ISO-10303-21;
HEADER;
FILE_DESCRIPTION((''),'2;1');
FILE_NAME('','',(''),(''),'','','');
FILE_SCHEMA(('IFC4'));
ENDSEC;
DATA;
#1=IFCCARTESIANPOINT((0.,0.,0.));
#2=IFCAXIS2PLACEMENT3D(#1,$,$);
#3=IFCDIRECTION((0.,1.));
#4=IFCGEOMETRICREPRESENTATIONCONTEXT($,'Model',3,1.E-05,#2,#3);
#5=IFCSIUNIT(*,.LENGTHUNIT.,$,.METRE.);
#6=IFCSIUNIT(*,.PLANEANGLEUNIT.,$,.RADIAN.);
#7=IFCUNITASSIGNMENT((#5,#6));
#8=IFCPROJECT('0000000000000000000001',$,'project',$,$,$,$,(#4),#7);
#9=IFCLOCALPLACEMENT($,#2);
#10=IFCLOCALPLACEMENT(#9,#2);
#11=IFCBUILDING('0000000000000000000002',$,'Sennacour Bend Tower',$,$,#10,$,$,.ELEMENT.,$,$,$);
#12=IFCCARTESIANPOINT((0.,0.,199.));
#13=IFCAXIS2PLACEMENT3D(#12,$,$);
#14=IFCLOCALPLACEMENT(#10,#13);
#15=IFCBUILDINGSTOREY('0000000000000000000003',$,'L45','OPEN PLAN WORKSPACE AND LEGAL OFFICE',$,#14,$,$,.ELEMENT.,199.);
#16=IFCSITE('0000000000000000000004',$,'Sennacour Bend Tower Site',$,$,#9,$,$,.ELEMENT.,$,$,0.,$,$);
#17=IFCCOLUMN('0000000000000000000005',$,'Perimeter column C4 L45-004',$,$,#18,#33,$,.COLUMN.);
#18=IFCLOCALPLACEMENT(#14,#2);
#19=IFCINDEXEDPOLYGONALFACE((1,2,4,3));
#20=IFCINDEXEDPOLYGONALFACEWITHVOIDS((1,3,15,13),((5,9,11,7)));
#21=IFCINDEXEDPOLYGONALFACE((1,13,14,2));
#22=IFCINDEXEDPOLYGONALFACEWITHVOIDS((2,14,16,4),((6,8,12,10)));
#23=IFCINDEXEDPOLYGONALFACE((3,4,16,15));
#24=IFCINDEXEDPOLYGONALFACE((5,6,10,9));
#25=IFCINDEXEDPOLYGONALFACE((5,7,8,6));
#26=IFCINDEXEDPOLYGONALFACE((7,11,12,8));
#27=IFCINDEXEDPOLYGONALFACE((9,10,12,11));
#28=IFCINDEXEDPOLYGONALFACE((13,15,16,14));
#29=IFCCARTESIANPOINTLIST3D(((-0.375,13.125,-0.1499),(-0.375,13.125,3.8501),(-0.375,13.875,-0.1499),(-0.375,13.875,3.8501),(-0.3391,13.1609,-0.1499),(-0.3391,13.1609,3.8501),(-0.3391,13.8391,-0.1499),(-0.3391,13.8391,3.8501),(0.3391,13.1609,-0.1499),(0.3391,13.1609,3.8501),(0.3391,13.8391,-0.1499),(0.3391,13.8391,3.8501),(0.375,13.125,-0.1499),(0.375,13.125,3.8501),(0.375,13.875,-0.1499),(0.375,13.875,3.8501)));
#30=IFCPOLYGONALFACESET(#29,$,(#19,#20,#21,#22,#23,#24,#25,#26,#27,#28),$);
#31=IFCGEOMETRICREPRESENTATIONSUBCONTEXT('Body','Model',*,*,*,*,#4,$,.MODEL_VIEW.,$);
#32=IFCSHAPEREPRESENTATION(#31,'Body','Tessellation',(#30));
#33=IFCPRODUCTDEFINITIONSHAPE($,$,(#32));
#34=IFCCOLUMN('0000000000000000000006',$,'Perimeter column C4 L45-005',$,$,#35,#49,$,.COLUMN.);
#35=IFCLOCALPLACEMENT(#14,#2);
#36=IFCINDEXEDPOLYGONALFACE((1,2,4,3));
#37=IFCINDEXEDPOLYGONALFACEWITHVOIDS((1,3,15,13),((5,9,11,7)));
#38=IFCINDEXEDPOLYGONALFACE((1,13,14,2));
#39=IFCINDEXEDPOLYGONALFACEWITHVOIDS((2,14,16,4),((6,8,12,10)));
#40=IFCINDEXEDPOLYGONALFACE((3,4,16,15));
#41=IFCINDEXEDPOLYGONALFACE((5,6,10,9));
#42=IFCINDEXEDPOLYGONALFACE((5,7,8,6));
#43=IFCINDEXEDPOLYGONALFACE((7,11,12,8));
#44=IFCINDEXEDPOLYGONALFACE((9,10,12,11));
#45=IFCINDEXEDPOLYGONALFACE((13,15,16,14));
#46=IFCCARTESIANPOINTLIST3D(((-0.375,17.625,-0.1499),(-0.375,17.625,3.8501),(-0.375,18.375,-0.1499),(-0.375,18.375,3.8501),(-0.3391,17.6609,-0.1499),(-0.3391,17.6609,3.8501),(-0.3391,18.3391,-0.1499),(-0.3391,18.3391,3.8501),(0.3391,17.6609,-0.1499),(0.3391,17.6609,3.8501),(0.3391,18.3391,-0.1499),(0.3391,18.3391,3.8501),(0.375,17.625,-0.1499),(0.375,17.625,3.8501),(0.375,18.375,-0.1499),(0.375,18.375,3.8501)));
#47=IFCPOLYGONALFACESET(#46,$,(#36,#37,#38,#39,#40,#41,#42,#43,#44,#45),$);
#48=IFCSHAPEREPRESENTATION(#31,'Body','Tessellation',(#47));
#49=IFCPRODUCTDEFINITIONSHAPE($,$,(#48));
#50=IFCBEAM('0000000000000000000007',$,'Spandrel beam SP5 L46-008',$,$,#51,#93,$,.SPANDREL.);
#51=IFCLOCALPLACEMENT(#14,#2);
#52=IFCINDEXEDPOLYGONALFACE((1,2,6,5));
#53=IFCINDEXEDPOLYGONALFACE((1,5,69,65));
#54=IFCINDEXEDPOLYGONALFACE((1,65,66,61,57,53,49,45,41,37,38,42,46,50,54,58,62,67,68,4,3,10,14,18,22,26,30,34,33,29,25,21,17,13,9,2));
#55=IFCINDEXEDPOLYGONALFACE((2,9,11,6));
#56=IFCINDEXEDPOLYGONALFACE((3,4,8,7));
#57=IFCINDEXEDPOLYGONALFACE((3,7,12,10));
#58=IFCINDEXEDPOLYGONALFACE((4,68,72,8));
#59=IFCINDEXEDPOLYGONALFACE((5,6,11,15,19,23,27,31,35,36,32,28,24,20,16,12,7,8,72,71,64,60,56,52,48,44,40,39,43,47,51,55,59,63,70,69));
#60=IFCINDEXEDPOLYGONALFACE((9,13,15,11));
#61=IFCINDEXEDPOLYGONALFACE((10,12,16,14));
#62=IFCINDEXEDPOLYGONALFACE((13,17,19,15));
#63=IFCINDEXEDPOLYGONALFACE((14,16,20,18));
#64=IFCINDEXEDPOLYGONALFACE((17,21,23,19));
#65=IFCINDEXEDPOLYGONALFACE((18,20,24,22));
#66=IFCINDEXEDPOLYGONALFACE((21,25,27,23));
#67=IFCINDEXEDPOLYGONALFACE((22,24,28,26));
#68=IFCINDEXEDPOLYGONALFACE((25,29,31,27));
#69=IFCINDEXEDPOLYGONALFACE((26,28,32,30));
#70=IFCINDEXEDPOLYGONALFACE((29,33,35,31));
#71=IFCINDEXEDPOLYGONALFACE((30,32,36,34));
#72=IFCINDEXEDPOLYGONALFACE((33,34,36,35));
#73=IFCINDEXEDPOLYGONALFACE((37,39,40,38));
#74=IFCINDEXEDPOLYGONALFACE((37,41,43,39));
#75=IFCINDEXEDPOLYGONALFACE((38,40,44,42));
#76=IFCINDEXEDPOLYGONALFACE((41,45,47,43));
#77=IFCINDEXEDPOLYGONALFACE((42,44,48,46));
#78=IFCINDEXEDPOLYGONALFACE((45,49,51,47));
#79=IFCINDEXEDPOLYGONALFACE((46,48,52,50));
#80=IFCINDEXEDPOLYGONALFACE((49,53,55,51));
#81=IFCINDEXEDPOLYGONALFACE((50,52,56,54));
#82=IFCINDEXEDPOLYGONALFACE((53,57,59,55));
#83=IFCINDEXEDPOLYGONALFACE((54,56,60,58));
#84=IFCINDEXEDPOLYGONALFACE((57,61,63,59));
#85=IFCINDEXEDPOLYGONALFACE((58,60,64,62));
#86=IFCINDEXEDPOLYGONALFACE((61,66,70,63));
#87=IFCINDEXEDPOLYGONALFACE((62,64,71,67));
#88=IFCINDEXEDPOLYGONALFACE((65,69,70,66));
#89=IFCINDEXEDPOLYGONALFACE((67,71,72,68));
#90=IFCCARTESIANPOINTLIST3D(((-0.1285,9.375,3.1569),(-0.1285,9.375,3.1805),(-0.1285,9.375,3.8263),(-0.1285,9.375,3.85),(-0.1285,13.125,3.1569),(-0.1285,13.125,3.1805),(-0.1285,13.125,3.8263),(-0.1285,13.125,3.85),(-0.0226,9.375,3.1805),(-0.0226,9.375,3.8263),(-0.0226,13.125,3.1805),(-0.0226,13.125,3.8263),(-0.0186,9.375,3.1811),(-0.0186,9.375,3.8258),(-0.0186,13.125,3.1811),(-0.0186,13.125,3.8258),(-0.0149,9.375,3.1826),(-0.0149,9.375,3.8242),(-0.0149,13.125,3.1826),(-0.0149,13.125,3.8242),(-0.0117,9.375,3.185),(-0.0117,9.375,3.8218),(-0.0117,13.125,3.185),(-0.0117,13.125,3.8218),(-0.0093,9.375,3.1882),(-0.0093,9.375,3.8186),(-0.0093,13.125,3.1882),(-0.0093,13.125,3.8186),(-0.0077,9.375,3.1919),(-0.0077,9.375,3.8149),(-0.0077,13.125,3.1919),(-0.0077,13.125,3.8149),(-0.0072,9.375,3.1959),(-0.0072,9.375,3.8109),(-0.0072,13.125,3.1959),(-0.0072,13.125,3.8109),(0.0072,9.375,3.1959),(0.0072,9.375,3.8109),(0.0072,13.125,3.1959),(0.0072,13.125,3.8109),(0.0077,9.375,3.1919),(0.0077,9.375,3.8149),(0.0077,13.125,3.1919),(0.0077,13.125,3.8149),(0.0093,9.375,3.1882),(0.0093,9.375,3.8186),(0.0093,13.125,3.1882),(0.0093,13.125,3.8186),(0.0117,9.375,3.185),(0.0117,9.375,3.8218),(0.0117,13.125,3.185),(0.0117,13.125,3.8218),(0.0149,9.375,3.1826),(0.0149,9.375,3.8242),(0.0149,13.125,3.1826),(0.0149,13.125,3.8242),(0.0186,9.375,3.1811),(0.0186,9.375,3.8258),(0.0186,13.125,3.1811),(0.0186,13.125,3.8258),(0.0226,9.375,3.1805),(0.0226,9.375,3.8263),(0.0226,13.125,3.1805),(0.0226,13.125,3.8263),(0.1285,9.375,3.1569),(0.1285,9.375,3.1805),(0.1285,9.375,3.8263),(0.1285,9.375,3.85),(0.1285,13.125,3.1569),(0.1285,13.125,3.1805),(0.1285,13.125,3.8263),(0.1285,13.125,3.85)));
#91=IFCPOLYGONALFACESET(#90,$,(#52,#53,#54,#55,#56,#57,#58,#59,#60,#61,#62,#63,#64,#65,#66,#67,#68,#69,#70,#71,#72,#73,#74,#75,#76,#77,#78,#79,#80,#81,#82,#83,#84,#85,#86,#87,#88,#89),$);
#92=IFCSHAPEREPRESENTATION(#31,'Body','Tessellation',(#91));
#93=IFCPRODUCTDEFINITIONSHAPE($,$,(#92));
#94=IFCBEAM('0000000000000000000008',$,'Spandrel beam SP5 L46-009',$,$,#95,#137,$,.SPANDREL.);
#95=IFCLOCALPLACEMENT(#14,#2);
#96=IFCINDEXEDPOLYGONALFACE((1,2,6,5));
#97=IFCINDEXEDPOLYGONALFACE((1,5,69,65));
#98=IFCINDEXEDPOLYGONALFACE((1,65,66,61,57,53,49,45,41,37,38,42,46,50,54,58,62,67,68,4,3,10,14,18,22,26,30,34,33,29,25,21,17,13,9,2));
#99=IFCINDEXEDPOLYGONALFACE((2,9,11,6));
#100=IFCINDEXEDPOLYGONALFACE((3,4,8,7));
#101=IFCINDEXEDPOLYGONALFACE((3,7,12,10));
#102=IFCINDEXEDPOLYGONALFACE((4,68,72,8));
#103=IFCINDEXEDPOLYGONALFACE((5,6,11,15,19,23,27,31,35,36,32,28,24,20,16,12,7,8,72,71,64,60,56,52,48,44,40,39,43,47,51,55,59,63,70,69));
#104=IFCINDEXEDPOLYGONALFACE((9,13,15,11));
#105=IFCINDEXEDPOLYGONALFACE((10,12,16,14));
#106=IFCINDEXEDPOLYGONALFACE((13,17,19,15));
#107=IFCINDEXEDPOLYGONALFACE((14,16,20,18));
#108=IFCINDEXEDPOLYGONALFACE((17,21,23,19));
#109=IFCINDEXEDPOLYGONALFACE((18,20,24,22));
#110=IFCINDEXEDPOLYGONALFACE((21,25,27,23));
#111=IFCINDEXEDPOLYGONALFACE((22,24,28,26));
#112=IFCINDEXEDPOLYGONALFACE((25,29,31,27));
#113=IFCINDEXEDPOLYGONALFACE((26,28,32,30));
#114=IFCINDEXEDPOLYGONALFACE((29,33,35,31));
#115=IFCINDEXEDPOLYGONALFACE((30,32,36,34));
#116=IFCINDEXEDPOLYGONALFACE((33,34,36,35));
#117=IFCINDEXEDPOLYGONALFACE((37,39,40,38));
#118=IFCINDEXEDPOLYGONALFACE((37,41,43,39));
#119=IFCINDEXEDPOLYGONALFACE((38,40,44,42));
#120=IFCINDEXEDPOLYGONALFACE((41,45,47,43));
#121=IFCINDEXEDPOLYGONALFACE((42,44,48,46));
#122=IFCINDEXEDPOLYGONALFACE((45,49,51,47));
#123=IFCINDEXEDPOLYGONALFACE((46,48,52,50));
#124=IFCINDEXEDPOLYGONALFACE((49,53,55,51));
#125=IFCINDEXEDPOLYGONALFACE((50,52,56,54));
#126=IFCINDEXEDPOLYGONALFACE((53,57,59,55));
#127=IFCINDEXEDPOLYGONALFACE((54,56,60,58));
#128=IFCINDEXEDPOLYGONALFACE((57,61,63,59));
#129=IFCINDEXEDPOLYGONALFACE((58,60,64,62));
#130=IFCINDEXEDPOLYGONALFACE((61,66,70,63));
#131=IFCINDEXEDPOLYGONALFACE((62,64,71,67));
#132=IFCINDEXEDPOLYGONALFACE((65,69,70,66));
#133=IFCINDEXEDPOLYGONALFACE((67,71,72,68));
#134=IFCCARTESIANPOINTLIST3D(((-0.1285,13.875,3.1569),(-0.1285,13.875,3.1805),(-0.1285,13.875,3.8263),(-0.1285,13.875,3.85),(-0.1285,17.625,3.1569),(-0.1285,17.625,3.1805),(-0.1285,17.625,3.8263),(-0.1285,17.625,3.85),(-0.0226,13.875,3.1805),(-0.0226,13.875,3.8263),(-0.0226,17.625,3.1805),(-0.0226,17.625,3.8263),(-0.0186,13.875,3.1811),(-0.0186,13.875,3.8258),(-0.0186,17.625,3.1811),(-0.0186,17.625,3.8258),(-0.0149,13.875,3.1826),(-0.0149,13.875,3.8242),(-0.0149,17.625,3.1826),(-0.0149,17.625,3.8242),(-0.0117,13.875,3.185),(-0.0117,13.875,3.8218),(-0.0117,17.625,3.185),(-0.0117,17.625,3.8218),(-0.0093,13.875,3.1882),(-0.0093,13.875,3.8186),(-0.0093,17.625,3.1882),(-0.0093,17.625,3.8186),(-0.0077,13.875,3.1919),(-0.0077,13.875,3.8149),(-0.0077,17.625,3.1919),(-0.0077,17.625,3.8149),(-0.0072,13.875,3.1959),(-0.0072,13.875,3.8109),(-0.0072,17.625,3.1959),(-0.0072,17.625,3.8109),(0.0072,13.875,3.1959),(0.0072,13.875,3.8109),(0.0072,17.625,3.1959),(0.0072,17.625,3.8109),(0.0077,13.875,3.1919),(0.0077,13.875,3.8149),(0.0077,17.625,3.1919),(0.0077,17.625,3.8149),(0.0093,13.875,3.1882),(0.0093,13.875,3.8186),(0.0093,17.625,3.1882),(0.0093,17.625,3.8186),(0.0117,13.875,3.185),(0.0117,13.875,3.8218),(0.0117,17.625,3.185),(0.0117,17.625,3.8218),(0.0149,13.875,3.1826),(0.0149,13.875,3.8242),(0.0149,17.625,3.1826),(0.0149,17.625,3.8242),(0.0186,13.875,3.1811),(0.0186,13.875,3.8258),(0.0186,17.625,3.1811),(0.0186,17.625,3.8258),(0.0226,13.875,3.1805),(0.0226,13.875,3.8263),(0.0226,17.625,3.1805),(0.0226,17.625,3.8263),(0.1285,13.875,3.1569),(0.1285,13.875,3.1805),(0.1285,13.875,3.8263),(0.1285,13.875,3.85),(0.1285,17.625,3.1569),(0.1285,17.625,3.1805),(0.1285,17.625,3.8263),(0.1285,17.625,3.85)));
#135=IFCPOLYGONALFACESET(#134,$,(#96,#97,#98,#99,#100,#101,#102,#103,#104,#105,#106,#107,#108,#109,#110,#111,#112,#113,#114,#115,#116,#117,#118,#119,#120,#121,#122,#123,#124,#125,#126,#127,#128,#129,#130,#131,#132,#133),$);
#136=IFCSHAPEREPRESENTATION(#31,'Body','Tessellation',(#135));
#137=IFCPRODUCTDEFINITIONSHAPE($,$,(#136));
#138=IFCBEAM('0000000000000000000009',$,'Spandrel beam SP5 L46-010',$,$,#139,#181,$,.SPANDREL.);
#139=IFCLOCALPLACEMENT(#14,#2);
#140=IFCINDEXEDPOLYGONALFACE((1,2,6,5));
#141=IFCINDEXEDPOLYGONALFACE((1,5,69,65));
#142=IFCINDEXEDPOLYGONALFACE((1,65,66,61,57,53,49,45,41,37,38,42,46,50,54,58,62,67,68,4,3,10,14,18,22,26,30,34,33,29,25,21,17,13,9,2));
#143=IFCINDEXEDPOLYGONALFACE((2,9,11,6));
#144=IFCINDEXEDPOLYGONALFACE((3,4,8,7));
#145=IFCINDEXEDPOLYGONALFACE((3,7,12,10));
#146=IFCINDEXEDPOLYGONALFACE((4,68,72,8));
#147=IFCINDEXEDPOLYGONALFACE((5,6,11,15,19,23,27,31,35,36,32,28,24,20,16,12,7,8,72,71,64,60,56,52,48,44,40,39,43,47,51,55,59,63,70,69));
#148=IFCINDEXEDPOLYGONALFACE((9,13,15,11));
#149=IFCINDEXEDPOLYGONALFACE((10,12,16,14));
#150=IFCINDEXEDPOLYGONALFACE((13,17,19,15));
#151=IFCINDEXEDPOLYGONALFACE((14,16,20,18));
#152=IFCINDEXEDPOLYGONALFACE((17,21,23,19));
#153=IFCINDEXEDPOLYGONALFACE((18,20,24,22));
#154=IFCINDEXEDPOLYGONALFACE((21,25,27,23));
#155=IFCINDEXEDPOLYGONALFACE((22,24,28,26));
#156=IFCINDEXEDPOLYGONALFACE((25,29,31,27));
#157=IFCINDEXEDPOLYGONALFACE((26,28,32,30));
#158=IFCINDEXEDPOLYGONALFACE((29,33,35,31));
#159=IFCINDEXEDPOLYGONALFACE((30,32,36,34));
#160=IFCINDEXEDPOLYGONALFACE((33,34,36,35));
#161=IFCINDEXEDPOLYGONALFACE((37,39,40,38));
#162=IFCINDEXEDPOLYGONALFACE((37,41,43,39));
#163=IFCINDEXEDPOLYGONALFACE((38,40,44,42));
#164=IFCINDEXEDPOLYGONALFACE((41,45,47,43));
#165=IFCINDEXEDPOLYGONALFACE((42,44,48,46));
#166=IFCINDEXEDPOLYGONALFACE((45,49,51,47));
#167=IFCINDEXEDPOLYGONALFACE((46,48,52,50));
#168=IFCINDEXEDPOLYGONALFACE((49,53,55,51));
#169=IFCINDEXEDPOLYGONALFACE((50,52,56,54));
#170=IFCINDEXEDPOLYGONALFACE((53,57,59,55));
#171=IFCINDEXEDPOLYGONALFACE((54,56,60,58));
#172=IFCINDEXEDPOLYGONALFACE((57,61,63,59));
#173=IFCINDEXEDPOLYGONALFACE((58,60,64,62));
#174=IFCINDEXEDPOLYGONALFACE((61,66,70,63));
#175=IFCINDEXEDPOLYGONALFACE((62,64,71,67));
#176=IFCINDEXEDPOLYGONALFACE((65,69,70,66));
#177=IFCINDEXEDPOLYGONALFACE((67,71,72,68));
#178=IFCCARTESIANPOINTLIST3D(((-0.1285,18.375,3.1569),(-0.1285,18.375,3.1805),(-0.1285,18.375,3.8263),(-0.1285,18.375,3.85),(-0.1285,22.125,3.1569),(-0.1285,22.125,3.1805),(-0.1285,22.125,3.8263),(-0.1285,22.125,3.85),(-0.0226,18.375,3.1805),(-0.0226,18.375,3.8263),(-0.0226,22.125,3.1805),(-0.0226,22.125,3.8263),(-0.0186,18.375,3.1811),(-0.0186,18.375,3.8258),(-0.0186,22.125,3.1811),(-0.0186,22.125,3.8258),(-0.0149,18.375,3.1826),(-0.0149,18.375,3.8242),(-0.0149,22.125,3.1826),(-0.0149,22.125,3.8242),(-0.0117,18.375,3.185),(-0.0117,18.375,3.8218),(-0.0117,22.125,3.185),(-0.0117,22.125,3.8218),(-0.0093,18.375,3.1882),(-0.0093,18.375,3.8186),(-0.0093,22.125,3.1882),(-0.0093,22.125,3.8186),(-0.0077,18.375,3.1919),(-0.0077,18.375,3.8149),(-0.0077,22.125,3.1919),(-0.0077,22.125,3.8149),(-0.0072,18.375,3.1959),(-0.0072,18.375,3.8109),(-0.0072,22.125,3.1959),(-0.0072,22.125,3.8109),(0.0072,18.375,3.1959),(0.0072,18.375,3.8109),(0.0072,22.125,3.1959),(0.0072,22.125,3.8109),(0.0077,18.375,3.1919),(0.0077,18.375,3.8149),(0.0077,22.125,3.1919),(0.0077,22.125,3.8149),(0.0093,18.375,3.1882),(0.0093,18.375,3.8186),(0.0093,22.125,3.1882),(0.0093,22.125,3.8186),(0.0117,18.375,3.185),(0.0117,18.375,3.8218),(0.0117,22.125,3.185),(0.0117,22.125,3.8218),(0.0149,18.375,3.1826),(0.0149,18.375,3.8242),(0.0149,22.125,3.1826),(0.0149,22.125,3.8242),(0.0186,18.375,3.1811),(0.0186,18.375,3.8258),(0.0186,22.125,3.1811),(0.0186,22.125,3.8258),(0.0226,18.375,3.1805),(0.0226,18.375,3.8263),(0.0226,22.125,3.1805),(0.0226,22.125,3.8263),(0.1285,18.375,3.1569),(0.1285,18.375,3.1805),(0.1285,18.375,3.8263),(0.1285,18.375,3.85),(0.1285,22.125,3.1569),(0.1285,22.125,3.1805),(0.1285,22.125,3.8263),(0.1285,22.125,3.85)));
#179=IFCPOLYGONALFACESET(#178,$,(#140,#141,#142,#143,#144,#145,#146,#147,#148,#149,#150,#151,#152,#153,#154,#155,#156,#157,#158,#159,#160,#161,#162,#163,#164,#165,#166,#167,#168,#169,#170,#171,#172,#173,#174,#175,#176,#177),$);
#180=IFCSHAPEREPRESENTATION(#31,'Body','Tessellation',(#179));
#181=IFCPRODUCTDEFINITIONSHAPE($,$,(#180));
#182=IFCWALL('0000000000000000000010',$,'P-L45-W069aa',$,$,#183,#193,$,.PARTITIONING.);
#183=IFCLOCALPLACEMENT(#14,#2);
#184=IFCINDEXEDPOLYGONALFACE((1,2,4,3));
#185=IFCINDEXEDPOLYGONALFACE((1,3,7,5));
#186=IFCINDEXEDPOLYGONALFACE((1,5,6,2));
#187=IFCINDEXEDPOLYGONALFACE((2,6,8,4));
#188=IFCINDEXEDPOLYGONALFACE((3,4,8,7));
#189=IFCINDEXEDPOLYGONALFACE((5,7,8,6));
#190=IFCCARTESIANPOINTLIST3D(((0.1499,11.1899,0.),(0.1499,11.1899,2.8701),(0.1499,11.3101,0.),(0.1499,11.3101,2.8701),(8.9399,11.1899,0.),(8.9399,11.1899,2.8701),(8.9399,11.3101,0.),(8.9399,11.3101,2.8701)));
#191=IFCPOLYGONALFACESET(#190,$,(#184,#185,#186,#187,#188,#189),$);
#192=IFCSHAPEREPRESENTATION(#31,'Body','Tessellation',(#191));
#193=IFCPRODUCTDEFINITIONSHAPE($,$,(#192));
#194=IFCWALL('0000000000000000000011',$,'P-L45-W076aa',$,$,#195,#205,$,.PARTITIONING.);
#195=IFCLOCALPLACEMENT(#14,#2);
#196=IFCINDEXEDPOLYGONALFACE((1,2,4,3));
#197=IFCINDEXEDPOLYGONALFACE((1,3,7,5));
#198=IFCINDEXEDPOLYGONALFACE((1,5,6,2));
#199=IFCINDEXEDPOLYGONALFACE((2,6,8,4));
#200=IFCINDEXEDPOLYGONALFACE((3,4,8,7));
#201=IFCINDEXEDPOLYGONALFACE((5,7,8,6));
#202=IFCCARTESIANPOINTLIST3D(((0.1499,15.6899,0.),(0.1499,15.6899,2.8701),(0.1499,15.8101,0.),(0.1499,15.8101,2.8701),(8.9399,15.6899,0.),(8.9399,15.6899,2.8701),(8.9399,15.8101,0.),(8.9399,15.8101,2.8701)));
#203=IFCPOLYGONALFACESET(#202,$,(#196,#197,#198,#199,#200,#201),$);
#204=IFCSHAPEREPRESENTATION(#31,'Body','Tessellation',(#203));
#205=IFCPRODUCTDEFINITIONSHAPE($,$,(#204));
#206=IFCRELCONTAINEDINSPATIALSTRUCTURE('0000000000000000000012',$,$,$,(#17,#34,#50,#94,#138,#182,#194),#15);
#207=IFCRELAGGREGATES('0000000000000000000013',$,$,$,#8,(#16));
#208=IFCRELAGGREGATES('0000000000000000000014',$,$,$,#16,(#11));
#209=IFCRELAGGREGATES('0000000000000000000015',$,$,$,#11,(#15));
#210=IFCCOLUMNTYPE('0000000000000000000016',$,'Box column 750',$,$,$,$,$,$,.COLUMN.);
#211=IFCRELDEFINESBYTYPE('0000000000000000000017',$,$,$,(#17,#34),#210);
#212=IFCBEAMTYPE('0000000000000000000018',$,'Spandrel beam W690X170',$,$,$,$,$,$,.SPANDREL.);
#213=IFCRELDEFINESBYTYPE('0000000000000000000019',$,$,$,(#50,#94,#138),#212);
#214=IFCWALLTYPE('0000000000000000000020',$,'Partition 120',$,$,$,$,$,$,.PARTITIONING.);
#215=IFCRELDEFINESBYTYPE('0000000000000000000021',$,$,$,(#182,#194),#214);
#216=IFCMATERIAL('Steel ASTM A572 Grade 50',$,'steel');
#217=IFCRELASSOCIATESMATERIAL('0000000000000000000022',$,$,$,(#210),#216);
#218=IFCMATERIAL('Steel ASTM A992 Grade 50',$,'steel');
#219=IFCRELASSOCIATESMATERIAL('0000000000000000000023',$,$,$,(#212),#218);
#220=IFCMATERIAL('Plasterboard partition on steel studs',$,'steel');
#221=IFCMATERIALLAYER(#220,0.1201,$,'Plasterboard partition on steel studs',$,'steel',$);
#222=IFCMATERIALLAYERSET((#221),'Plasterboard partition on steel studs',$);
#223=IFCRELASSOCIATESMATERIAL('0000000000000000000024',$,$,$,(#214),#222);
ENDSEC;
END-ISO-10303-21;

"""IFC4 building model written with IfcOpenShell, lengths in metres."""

from ifc_helpers import new_model, si_unit, direction, frame, frame_2d, origin, origin_2d, place, context, subcontext, project, spatial, rectangle, hollow_rectangle, i_section, extrude, material, layer, layer_set, material_profile, profile_set, type_object, element, save


model = new_model("IFC4")

# Units and contexts
model_context = context("Model", 3, precision=1e-05, world=origin(), true_north=direction((0.0, 1.0)))
body_context = subcontext(model_context, "Body", "Model", "MODEL_VIEW")
ifc_project = project(units=[si_unit("LENGTHUNIT", "METRE"), si_unit("PLANEANGLEUNIT", "RADIAN")], contexts=[model_context])

# Site, building, storey
site_placement = place(None, origin())
site = spatial("IfcSite", under=ifc_project, at=site_placement, Name="Sennacour Bend Tower Site", CompositionType="ELEMENT", RefElevation=0.0)
building_placement = place(site_placement, origin())
building = spatial("IfcBuilding", under=site, at=building_placement, Name="Sennacour Bend Tower", CompositionType="ELEMENT")
storey_placement = place(building_placement, frame((0.0, 0.0, 199.0)))
storey = spatial("IfcBuildingStorey", under=building, at=storey_placement, Name="L45", Description="OPEN PLAN WORKSPACE AND LEGAL OFFICE", CompositionType="ELEMENT", Elevation=199.0)

# Columns
ifc_material_1 = material(Name="Steel ASTM A572 Grade 50", Category="steel")
ifc_material_profile_1 = material_profile(ifc_material_1, hollow_rectangle(XDim=0.75, YDim=0.75, WallThickness=0.0359, at=origin_2d()), Name="Steel ASTM A572 Grade 50", Category="steel")
ifc_profile_set_1 = profile_set([ifc_material_profile_1], Name="Steel ASTM A572 Grade 50")
column_type = type_object("IfcColumnType", Name="Box column 750", PredefinedType="COLUMN", material=ifc_profile_set_1)
for number, where, z_axis, x_axis, name in (
    (1, (0.0, 13.5, -0.1499), (0.0, 0.0, 1.0), (1.0, 0.0, 0.0), "Perimeter column C4 L45-004"),
    (2, (0.0, 18.0, -0.1499), (0.0, 0.0, 1.0), (1.0, 0.0, 0.0), "Perimeter column C4 L45-005"),
):
    element("IfcColumn", number, at=place(storey_placement, frame(where, z_axis=z_axis, x_axis=x_axis)), inside=storey, type_object=column_type, Name=name, PredefinedType="COLUMN", context=body_context, shape_type="SweptSolid", body=[
        extrude(hollow_rectangle(XDim=0.75, YDim=0.75, WallThickness=0.0359, at=origin_2d()), origin(), (0.0, 0.0, 1.0), 4.0),
    ])

# Beams
ifc_material_2 = material(Name="Steel ASTM A992 Grade 50", Category="steel")
ifc_material_profile_2 = material_profile(ifc_material_2, i_section(OverallWidth=0.2571, OverallDepth=0.6931, WebThickness=0.0144, FlangeThickness=0.0237, FilletRadius=0.0154, at=origin_2d()), Name="Steel ASTM A992 Grade 50", Category="steel")
ifc_profile_set_2 = profile_set([ifc_material_profile_2], Name="Steel ASTM A992 Grade 50")
beam_type = type_object("IfcBeamType", Name="Spandrel beam W690X170", PredefinedType="SPANDREL", material=ifc_profile_set_2)
for number, where, z_axis, x_axis, name in (
    (3, (0.0, 9.375, 3.5034), (0.0, 1.0, 0.0), (-1.0, 0.0, 0.0), "Spandrel beam SP5 L46-008"),
    (4, (0.0, 13.875, 3.5034), (0.0, 1.0, 0.0), (-1.0, 0.0, 0.0), "Spandrel beam SP5 L46-009"),
    (5, (0.0, 18.375, 3.5034), (0.0, 1.0, 0.0), (-1.0, 0.0, 0.0), "Spandrel beam SP5 L46-010"),
):
    element("IfcBeam", number, at=place(storey_placement, frame(where, z_axis=z_axis, x_axis=x_axis)), inside=storey, type_object=beam_type, Name=name, PredefinedType="SPANDREL", context=body_context, shape_type="SweptSolid", body=[
        extrude(i_section(OverallWidth=0.2571, OverallDepth=0.6931, WebThickness=0.0144, FlangeThickness=0.0237, FilletRadius=0.0154, at=origin_2d()), origin(), (0.0, 0.0, 1.0), 3.75),
    ])

# Walls
ifc_material_3 = material(Name="Plasterboard partition on steel studs", Category="steel")
ifc_layer_1 = layer(ifc_material_3, 0.1201, Name="Plasterboard partition on steel studs", Category="steel")
ifc_layer_set_1 = layer_set([ifc_layer_1], Name="Plasterboard partition on steel studs")
wall_type_1 = type_object("IfcWallType", Name="Partition 120", PredefinedType="PARTITIONING", material=ifc_layer_set_1)
for number, where, z_axis, x_axis, name in (
    (6, (0.1499, 11.25, 0.0), (0.0, 0.0, 1.0), (1.0, 0.0, 0.0), "P-L45-W069aa"),
    (7, (0.1499, 15.75, 0.0), (0.0, 0.0, 1.0), (1.0, 0.0, 0.0), "P-L45-W076aa"),
):
    element("IfcWall", number, at=place(storey_placement, frame(where, z_axis=z_axis, x_axis=x_axis)), inside=storey, type_object=wall_type_1, Name=name, PredefinedType="PARTITIONING", context=body_context, shape_type="SweptSolid", body=[
        extrude(rectangle(XDim=8.79, YDim=0.1201, at=frame_2d((4.395, 0.0))), origin(), (0.0, 0.0, 1.0), 2.8701),
    ])

save(model, "model.ifc")
